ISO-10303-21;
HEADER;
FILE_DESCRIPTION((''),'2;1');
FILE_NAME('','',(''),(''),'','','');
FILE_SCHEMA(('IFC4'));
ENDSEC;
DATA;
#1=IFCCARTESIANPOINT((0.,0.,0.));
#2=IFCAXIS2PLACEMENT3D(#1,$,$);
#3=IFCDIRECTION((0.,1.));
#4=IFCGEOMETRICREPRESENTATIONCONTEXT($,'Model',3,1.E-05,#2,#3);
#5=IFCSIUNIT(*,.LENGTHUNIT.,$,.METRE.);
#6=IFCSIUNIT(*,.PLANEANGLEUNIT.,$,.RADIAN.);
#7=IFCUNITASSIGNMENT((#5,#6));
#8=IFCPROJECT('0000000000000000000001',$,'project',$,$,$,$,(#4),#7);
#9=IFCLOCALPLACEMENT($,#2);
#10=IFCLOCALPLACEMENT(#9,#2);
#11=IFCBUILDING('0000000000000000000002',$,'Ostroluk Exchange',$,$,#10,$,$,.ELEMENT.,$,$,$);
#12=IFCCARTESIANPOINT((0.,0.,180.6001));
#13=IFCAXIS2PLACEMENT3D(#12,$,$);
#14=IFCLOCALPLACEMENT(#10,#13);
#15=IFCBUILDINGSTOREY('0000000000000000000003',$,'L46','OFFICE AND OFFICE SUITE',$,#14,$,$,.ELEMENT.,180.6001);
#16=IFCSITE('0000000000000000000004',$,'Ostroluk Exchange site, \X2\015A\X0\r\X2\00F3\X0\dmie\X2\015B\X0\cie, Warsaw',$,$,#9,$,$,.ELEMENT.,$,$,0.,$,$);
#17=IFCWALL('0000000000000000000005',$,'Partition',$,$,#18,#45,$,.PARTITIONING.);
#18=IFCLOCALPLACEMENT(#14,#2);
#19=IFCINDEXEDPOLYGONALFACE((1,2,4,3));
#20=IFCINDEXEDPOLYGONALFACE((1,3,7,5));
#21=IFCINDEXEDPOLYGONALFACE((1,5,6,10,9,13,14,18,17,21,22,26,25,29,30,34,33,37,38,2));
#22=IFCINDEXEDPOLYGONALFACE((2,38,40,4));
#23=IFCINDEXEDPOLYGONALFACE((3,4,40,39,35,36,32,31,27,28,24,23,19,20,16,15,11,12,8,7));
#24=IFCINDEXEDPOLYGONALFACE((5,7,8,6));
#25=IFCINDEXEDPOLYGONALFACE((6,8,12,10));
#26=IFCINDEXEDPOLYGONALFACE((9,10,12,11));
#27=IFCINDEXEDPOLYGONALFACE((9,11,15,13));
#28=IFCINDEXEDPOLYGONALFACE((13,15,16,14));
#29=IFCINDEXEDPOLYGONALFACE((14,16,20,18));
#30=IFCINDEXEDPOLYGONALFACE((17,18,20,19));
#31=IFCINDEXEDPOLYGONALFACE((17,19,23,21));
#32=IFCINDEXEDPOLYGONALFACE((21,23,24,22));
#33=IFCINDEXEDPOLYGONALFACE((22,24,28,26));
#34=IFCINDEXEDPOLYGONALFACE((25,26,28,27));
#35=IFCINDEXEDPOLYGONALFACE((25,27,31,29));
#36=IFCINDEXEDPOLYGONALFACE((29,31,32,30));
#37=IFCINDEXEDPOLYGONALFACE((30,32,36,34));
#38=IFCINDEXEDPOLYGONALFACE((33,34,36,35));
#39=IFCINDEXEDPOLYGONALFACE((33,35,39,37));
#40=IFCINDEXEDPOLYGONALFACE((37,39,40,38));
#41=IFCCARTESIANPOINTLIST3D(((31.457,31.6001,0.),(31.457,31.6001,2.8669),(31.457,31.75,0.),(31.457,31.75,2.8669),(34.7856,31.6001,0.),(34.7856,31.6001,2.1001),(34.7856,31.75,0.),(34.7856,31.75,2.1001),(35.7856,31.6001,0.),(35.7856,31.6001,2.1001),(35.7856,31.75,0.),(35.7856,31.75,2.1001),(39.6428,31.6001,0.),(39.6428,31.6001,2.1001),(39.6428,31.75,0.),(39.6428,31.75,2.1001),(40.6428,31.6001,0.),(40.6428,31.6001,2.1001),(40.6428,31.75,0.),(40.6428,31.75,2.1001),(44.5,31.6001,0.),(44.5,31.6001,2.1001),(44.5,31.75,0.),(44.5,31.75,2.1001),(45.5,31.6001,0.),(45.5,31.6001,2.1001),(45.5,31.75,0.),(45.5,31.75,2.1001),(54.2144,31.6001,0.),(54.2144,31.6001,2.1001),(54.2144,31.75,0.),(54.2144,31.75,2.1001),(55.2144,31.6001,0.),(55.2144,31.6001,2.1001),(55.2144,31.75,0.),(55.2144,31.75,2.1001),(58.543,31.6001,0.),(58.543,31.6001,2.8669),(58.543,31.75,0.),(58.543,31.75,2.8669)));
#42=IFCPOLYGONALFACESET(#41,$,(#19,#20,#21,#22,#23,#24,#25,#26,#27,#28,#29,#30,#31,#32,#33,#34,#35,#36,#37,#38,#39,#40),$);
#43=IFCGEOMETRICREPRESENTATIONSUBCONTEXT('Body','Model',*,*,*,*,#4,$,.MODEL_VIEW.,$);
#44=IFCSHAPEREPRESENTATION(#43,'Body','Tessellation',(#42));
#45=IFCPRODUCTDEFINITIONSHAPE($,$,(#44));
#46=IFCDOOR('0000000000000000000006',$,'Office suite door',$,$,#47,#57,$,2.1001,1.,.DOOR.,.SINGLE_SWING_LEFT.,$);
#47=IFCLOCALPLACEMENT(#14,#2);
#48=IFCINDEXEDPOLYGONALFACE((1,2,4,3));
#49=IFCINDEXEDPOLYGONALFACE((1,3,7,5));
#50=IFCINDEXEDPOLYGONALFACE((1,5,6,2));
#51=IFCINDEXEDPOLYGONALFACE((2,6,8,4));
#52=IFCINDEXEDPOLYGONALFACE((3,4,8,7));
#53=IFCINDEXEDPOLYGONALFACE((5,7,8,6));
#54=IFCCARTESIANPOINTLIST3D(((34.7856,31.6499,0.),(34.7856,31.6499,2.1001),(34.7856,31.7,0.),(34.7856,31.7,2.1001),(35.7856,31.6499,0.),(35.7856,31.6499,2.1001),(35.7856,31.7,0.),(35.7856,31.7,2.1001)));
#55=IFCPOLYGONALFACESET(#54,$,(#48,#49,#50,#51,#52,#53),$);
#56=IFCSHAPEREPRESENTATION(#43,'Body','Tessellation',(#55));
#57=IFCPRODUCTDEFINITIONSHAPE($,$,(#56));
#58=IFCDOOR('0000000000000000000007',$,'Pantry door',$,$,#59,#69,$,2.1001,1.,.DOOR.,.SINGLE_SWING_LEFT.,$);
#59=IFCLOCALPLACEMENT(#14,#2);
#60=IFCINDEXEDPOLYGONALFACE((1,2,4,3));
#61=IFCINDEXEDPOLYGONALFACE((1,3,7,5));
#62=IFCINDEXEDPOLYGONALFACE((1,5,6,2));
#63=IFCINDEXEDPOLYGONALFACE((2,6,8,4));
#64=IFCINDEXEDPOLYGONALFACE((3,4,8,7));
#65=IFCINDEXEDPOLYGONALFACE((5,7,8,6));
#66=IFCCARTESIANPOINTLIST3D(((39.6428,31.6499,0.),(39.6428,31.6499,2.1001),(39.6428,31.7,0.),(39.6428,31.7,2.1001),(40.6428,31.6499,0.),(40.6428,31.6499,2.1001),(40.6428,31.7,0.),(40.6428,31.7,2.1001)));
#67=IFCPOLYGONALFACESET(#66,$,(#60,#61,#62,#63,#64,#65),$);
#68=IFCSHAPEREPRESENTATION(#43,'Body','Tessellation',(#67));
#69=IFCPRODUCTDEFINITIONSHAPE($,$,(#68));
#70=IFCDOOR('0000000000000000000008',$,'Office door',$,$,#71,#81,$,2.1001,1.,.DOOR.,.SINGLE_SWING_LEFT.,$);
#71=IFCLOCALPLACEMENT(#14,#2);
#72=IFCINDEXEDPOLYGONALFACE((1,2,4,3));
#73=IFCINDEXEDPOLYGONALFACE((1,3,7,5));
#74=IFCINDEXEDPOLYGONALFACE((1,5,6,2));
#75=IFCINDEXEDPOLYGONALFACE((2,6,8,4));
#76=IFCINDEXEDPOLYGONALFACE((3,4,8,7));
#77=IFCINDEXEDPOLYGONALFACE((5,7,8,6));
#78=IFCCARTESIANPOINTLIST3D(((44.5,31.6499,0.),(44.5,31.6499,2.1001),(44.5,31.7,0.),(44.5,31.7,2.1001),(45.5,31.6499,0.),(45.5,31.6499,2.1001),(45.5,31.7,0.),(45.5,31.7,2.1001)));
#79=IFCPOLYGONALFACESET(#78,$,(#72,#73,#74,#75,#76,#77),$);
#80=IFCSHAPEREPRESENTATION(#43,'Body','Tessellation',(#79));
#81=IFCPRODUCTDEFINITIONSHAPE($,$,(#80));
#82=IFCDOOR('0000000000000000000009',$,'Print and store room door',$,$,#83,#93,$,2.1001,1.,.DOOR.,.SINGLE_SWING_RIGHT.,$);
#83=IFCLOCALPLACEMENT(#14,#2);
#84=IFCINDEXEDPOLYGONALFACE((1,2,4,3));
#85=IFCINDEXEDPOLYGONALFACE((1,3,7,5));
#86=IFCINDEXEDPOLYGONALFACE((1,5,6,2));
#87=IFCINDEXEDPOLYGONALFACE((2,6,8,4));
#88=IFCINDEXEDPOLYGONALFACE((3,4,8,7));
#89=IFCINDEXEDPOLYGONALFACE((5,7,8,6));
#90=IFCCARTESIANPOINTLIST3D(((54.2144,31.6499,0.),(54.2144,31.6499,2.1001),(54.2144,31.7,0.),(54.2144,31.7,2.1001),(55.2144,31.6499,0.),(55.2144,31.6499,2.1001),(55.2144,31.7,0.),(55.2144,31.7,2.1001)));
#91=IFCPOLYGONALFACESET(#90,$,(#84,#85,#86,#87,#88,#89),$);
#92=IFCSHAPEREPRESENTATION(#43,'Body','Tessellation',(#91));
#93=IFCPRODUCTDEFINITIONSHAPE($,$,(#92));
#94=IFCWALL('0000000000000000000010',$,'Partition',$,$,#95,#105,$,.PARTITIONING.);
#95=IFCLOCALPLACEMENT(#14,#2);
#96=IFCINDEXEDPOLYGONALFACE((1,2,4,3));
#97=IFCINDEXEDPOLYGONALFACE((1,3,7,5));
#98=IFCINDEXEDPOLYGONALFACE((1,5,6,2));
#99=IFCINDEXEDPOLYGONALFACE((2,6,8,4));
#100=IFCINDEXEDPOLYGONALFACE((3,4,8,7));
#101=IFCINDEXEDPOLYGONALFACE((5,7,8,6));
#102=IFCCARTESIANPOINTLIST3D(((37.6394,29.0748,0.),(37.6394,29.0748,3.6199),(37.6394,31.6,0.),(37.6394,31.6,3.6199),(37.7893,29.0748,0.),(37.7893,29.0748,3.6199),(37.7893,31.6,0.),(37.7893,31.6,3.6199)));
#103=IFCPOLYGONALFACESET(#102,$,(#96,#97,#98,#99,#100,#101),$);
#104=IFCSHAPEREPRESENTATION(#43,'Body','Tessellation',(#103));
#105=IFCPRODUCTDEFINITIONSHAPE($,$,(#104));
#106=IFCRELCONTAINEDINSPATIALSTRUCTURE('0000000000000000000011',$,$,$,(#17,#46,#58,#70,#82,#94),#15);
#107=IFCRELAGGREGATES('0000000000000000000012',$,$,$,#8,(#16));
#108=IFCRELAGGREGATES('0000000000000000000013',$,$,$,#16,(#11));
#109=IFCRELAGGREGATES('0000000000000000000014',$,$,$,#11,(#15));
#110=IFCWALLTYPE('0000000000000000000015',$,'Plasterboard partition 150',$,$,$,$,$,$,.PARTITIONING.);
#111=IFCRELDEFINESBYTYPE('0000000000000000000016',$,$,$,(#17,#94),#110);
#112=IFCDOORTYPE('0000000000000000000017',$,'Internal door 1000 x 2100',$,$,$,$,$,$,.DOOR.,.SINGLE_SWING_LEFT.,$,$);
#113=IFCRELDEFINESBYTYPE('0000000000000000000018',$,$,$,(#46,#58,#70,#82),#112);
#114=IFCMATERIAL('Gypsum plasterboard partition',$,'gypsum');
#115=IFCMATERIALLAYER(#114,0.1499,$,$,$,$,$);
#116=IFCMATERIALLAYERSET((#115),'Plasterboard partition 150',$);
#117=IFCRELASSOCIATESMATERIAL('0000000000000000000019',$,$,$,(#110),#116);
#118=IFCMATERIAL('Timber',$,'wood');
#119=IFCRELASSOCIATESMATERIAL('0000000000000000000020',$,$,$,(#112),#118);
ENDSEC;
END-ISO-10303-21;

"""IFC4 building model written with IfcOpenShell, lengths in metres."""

from ifc_helpers import new_model, si_unit, direction, frame, frame_2d, origin, place, context, subcontext, project, spatial, rectangle, extrude, material, layer, layer_set, type_object, element, fill, save


model = new_model("IFC4")

# Units and contexts
model_context = context("Model", 3, precision=1e-05, world=origin(), true_north=direction((0.0, 1.0)))
body_context = subcontext(model_context, "Body", "Model", "MODEL_VIEW")
ifc_project = project(units=[si_unit("LENGTHUNIT", "METRE"), si_unit("PLANEANGLEUNIT", "RADIAN")], contexts=[model_context])

# Site, building, storey
site_placement = place(None, origin())
site = spatial("IfcSite", under=ifc_project, at=site_placement, Name="Ostroluk Exchange site, Śródmieście, Warsaw", CompositionType="ELEMENT", RefElevation=0.0)
building_placement = place(site_placement, origin())
building = spatial("IfcBuilding", under=site, at=building_placement, Name="Ostroluk Exchange", CompositionType="ELEMENT")
storey_placement = place(building_placement, frame((0.0, 0.0, 180.6001)))
storey = spatial("IfcBuildingStorey", under=building, at=storey_placement, Name="L46", Description="OFFICE AND OFFICE SUITE", CompositionType="ELEMENT", Elevation=180.6001)

# Shared definitions
ifc_material_1 = material(Name="Gypsum plasterboard partition", Category="gypsum")
ifc_layer_1 = layer(ifc_material_1, 0.1499)
ifc_layer_set_1 = layer_set([ifc_layer_1], Name="Plasterboard partition 150")
wall_type_1 = type_object("IfcWallType", Name="Plasterboard partition 150", PredefinedType="PARTITIONING", material=ifc_layer_set_1)
ifc_material_2 = material(Name="Timber", Category="wood")
door_type_1 = type_object("IfcDoorType", Name="Internal door 1000 x 2100", OperationType="SINGLE_SWING_LEFT", PredefinedType="DOOR", material=ifc_material_2)

# Wall, openings, doors
wall_1_placement = place(storey_placement, frame((31.457, 31.675, 0.0), z_axis=(0.0, 0.0, 1.0), x_axis=(1.0, 0.0, 0.0)))
wall_1 = element("IfcWall", 1, at=wall_1_placement, inside=storey, type_object=wall_type_1, Name="Partition", PredefinedType="PARTITIONING", context=body_context, shape_type="SweptSolid", body=[
    extrude(rectangle(XDim=27.0859, YDim=0.1499, at=frame_2d((13.543, 0.0))), origin(), (0.0, 0.0, 1.0), 2.8669),
])
opening_1_placement = place(wall_1_placement, frame((3.3286, 0.0, 0.0)))
opening_1 = element("IfcOpeningElement", 2, at=opening_1_placement, cuts=wall_1, PredefinedType="OPENING", context=body_context, shape_type="SweptSolid", body=[
    extrude(rectangle(XDim=1.0, YDim=2.1001, at=frame_2d((0.5, 1.05))), frame((0.0, 0.085, 0.0), z_axis=(0.0, -1.0, 0.0), x_axis=(1.0, 0.0, 0.0)), (0.0, 0.0, 1.0), 0.1699),
])
opening_2_placement = place(wall_1_placement, frame((8.1858, 0.0, 0.0)))
opening_2 = element("IfcOpeningElement", 3, at=opening_2_placement, cuts=wall_1, PredefinedType="OPENING", context=body_context, shape_type="SweptSolid", body=[
    extrude(rectangle(XDim=1.0, YDim=2.1001, at=frame_2d((0.5, 1.05))), frame((0.0, 0.085, 0.0), z_axis=(0.0, -1.0, 0.0), x_axis=(1.0, 0.0, 0.0)), (0.0, 0.0, 1.0), 0.1699),
])
opening_3_placement = place(wall_1_placement, frame((13.043, 0.0, 0.0)))
opening_3 = element("IfcOpeningElement", 4, at=opening_3_placement, cuts=wall_1, PredefinedType="OPENING", context=body_context, shape_type="SweptSolid", body=[
    extrude(rectangle(XDim=1.0, YDim=2.1001, at=frame_2d((0.5, 1.05))), frame((0.0, 0.085, 0.0), z_axis=(0.0, -1.0, 0.0), x_axis=(1.0, 0.0, 0.0)), (0.0, 0.0, 1.0), 0.1699),
])
opening_4_placement = place(wall_1_placement, frame((22.7573, 0.0, 0.0)))
opening_4 = element("IfcOpeningElement", 5, at=opening_4_placement, cuts=wall_1, PredefinedType="OPENING", context=body_context, shape_type="SweptSolid", body=[
    extrude(rectangle(XDim=1.0, YDim=2.1001, at=frame_2d((0.5, 1.05))), frame((0.0, 0.085, 0.0), z_axis=(0.0, -1.0, 0.0), x_axis=(1.0, 0.0, 0.0)), (0.0, 0.0, 1.0), 0.1699),
])
door_1_placement = place(opening_1_placement, origin())
door_1 = element("IfcDoor", 6, at=door_1_placement, inside=storey, type_object=door_type_1, Name="Office suite door", OperationType="SINGLE_SWING_LEFT", OverallHeight=2.1001, OverallWidth=1.0, PredefinedType="DOOR", context=body_context, shape_type="SweptSolid", body=[
    extrude(rectangle(XDim=1.0, YDim=2.1001, at=frame_2d((0.5, 1.05))), frame((0.0, 0.0249, 0.0), z_axis=(0.0, -1.0, 0.0), x_axis=(1.0, 0.0, 0.0)), (0.0, 0.0, 1.0), 0.05),
])
fill(opening_1, door_1)
door_2_placement = place(opening_2_placement, origin())
door_2 = element("IfcDoor", 7, at=door_2_placement, inside=storey, type_object=door_type_1, Name="Pantry door", OperationType="SINGLE_SWING_LEFT", OverallHeight=2.1001, OverallWidth=1.0, PredefinedType="DOOR", context=body_context, shape_type="SweptSolid", body=[
    extrude(rectangle(XDim=1.0, YDim=2.1001, at=frame_2d((0.5, 1.05))), frame((0.0, 0.0249, 0.0), z_axis=(0.0, -1.0, 0.0), x_axis=(1.0, 0.0, 0.0)), (0.0, 0.0, 1.0), 0.05),
])
fill(opening_2, door_2)
door_3_placement = place(opening_3_placement, origin())
door_3 = element("IfcDoor", 8, at=door_3_placement, inside=storey, type_object=door_type_1, Name="Office door", OperationType="SINGLE_SWING_LEFT", OverallHeight=2.1001, OverallWidth=1.0, PredefinedType="DOOR", context=body_context, shape_type="SweptSolid", body=[
    extrude(rectangle(XDim=1.0, YDim=2.1001, at=frame_2d((0.5, 1.05))), frame((0.0, 0.0249, 0.0), z_axis=(0.0, -1.0, 0.0), x_axis=(1.0, 0.0, 0.0)), (0.0, 0.0, 1.0), 0.05),
])
fill(opening_3, door_3)
door_4_placement = place(opening_4_placement, origin())
door_4 = element("IfcDoor", 9, at=door_4_placement, inside=storey, type_object=door_type_1, Name="Print and store room door", OperationType="SINGLE_SWING_RIGHT", OverallHeight=2.1001, OverallWidth=1.0, PredefinedType="DOOR", context=body_context, shape_type="SweptSolid", body=[
    extrude(rectangle(XDim=1.0, YDim=2.1001, at=frame_2d((0.5, 1.05))), frame((0.0, 0.0249, 0.0), z_axis=(0.0, -1.0, 0.0), x_axis=(1.0, 0.0, 0.0)), (0.0, 0.0, 1.0), 0.05),
])
fill(opening_4, door_4)

# Wall
wall_2_placement = place(storey_placement, frame((37.7144, 31.6001, 0.0), z_axis=(0.0, 0.0, 1.0), x_axis=(0.0, -1.0, 0.0)))
element("IfcWall", 10, at=wall_2_placement, inside=storey, type_object=wall_type_1, Name="Partition", PredefinedType="PARTITIONING", context=body_context, shape_type="SweptSolid", body=[
    extrude(rectangle(XDim=2.5251, YDim=0.1499, at=frame_2d((1.2627, 0.0))), origin(), (0.0, 0.0, 1.0), 3.6199),
])

save(model, "model.ifc")
